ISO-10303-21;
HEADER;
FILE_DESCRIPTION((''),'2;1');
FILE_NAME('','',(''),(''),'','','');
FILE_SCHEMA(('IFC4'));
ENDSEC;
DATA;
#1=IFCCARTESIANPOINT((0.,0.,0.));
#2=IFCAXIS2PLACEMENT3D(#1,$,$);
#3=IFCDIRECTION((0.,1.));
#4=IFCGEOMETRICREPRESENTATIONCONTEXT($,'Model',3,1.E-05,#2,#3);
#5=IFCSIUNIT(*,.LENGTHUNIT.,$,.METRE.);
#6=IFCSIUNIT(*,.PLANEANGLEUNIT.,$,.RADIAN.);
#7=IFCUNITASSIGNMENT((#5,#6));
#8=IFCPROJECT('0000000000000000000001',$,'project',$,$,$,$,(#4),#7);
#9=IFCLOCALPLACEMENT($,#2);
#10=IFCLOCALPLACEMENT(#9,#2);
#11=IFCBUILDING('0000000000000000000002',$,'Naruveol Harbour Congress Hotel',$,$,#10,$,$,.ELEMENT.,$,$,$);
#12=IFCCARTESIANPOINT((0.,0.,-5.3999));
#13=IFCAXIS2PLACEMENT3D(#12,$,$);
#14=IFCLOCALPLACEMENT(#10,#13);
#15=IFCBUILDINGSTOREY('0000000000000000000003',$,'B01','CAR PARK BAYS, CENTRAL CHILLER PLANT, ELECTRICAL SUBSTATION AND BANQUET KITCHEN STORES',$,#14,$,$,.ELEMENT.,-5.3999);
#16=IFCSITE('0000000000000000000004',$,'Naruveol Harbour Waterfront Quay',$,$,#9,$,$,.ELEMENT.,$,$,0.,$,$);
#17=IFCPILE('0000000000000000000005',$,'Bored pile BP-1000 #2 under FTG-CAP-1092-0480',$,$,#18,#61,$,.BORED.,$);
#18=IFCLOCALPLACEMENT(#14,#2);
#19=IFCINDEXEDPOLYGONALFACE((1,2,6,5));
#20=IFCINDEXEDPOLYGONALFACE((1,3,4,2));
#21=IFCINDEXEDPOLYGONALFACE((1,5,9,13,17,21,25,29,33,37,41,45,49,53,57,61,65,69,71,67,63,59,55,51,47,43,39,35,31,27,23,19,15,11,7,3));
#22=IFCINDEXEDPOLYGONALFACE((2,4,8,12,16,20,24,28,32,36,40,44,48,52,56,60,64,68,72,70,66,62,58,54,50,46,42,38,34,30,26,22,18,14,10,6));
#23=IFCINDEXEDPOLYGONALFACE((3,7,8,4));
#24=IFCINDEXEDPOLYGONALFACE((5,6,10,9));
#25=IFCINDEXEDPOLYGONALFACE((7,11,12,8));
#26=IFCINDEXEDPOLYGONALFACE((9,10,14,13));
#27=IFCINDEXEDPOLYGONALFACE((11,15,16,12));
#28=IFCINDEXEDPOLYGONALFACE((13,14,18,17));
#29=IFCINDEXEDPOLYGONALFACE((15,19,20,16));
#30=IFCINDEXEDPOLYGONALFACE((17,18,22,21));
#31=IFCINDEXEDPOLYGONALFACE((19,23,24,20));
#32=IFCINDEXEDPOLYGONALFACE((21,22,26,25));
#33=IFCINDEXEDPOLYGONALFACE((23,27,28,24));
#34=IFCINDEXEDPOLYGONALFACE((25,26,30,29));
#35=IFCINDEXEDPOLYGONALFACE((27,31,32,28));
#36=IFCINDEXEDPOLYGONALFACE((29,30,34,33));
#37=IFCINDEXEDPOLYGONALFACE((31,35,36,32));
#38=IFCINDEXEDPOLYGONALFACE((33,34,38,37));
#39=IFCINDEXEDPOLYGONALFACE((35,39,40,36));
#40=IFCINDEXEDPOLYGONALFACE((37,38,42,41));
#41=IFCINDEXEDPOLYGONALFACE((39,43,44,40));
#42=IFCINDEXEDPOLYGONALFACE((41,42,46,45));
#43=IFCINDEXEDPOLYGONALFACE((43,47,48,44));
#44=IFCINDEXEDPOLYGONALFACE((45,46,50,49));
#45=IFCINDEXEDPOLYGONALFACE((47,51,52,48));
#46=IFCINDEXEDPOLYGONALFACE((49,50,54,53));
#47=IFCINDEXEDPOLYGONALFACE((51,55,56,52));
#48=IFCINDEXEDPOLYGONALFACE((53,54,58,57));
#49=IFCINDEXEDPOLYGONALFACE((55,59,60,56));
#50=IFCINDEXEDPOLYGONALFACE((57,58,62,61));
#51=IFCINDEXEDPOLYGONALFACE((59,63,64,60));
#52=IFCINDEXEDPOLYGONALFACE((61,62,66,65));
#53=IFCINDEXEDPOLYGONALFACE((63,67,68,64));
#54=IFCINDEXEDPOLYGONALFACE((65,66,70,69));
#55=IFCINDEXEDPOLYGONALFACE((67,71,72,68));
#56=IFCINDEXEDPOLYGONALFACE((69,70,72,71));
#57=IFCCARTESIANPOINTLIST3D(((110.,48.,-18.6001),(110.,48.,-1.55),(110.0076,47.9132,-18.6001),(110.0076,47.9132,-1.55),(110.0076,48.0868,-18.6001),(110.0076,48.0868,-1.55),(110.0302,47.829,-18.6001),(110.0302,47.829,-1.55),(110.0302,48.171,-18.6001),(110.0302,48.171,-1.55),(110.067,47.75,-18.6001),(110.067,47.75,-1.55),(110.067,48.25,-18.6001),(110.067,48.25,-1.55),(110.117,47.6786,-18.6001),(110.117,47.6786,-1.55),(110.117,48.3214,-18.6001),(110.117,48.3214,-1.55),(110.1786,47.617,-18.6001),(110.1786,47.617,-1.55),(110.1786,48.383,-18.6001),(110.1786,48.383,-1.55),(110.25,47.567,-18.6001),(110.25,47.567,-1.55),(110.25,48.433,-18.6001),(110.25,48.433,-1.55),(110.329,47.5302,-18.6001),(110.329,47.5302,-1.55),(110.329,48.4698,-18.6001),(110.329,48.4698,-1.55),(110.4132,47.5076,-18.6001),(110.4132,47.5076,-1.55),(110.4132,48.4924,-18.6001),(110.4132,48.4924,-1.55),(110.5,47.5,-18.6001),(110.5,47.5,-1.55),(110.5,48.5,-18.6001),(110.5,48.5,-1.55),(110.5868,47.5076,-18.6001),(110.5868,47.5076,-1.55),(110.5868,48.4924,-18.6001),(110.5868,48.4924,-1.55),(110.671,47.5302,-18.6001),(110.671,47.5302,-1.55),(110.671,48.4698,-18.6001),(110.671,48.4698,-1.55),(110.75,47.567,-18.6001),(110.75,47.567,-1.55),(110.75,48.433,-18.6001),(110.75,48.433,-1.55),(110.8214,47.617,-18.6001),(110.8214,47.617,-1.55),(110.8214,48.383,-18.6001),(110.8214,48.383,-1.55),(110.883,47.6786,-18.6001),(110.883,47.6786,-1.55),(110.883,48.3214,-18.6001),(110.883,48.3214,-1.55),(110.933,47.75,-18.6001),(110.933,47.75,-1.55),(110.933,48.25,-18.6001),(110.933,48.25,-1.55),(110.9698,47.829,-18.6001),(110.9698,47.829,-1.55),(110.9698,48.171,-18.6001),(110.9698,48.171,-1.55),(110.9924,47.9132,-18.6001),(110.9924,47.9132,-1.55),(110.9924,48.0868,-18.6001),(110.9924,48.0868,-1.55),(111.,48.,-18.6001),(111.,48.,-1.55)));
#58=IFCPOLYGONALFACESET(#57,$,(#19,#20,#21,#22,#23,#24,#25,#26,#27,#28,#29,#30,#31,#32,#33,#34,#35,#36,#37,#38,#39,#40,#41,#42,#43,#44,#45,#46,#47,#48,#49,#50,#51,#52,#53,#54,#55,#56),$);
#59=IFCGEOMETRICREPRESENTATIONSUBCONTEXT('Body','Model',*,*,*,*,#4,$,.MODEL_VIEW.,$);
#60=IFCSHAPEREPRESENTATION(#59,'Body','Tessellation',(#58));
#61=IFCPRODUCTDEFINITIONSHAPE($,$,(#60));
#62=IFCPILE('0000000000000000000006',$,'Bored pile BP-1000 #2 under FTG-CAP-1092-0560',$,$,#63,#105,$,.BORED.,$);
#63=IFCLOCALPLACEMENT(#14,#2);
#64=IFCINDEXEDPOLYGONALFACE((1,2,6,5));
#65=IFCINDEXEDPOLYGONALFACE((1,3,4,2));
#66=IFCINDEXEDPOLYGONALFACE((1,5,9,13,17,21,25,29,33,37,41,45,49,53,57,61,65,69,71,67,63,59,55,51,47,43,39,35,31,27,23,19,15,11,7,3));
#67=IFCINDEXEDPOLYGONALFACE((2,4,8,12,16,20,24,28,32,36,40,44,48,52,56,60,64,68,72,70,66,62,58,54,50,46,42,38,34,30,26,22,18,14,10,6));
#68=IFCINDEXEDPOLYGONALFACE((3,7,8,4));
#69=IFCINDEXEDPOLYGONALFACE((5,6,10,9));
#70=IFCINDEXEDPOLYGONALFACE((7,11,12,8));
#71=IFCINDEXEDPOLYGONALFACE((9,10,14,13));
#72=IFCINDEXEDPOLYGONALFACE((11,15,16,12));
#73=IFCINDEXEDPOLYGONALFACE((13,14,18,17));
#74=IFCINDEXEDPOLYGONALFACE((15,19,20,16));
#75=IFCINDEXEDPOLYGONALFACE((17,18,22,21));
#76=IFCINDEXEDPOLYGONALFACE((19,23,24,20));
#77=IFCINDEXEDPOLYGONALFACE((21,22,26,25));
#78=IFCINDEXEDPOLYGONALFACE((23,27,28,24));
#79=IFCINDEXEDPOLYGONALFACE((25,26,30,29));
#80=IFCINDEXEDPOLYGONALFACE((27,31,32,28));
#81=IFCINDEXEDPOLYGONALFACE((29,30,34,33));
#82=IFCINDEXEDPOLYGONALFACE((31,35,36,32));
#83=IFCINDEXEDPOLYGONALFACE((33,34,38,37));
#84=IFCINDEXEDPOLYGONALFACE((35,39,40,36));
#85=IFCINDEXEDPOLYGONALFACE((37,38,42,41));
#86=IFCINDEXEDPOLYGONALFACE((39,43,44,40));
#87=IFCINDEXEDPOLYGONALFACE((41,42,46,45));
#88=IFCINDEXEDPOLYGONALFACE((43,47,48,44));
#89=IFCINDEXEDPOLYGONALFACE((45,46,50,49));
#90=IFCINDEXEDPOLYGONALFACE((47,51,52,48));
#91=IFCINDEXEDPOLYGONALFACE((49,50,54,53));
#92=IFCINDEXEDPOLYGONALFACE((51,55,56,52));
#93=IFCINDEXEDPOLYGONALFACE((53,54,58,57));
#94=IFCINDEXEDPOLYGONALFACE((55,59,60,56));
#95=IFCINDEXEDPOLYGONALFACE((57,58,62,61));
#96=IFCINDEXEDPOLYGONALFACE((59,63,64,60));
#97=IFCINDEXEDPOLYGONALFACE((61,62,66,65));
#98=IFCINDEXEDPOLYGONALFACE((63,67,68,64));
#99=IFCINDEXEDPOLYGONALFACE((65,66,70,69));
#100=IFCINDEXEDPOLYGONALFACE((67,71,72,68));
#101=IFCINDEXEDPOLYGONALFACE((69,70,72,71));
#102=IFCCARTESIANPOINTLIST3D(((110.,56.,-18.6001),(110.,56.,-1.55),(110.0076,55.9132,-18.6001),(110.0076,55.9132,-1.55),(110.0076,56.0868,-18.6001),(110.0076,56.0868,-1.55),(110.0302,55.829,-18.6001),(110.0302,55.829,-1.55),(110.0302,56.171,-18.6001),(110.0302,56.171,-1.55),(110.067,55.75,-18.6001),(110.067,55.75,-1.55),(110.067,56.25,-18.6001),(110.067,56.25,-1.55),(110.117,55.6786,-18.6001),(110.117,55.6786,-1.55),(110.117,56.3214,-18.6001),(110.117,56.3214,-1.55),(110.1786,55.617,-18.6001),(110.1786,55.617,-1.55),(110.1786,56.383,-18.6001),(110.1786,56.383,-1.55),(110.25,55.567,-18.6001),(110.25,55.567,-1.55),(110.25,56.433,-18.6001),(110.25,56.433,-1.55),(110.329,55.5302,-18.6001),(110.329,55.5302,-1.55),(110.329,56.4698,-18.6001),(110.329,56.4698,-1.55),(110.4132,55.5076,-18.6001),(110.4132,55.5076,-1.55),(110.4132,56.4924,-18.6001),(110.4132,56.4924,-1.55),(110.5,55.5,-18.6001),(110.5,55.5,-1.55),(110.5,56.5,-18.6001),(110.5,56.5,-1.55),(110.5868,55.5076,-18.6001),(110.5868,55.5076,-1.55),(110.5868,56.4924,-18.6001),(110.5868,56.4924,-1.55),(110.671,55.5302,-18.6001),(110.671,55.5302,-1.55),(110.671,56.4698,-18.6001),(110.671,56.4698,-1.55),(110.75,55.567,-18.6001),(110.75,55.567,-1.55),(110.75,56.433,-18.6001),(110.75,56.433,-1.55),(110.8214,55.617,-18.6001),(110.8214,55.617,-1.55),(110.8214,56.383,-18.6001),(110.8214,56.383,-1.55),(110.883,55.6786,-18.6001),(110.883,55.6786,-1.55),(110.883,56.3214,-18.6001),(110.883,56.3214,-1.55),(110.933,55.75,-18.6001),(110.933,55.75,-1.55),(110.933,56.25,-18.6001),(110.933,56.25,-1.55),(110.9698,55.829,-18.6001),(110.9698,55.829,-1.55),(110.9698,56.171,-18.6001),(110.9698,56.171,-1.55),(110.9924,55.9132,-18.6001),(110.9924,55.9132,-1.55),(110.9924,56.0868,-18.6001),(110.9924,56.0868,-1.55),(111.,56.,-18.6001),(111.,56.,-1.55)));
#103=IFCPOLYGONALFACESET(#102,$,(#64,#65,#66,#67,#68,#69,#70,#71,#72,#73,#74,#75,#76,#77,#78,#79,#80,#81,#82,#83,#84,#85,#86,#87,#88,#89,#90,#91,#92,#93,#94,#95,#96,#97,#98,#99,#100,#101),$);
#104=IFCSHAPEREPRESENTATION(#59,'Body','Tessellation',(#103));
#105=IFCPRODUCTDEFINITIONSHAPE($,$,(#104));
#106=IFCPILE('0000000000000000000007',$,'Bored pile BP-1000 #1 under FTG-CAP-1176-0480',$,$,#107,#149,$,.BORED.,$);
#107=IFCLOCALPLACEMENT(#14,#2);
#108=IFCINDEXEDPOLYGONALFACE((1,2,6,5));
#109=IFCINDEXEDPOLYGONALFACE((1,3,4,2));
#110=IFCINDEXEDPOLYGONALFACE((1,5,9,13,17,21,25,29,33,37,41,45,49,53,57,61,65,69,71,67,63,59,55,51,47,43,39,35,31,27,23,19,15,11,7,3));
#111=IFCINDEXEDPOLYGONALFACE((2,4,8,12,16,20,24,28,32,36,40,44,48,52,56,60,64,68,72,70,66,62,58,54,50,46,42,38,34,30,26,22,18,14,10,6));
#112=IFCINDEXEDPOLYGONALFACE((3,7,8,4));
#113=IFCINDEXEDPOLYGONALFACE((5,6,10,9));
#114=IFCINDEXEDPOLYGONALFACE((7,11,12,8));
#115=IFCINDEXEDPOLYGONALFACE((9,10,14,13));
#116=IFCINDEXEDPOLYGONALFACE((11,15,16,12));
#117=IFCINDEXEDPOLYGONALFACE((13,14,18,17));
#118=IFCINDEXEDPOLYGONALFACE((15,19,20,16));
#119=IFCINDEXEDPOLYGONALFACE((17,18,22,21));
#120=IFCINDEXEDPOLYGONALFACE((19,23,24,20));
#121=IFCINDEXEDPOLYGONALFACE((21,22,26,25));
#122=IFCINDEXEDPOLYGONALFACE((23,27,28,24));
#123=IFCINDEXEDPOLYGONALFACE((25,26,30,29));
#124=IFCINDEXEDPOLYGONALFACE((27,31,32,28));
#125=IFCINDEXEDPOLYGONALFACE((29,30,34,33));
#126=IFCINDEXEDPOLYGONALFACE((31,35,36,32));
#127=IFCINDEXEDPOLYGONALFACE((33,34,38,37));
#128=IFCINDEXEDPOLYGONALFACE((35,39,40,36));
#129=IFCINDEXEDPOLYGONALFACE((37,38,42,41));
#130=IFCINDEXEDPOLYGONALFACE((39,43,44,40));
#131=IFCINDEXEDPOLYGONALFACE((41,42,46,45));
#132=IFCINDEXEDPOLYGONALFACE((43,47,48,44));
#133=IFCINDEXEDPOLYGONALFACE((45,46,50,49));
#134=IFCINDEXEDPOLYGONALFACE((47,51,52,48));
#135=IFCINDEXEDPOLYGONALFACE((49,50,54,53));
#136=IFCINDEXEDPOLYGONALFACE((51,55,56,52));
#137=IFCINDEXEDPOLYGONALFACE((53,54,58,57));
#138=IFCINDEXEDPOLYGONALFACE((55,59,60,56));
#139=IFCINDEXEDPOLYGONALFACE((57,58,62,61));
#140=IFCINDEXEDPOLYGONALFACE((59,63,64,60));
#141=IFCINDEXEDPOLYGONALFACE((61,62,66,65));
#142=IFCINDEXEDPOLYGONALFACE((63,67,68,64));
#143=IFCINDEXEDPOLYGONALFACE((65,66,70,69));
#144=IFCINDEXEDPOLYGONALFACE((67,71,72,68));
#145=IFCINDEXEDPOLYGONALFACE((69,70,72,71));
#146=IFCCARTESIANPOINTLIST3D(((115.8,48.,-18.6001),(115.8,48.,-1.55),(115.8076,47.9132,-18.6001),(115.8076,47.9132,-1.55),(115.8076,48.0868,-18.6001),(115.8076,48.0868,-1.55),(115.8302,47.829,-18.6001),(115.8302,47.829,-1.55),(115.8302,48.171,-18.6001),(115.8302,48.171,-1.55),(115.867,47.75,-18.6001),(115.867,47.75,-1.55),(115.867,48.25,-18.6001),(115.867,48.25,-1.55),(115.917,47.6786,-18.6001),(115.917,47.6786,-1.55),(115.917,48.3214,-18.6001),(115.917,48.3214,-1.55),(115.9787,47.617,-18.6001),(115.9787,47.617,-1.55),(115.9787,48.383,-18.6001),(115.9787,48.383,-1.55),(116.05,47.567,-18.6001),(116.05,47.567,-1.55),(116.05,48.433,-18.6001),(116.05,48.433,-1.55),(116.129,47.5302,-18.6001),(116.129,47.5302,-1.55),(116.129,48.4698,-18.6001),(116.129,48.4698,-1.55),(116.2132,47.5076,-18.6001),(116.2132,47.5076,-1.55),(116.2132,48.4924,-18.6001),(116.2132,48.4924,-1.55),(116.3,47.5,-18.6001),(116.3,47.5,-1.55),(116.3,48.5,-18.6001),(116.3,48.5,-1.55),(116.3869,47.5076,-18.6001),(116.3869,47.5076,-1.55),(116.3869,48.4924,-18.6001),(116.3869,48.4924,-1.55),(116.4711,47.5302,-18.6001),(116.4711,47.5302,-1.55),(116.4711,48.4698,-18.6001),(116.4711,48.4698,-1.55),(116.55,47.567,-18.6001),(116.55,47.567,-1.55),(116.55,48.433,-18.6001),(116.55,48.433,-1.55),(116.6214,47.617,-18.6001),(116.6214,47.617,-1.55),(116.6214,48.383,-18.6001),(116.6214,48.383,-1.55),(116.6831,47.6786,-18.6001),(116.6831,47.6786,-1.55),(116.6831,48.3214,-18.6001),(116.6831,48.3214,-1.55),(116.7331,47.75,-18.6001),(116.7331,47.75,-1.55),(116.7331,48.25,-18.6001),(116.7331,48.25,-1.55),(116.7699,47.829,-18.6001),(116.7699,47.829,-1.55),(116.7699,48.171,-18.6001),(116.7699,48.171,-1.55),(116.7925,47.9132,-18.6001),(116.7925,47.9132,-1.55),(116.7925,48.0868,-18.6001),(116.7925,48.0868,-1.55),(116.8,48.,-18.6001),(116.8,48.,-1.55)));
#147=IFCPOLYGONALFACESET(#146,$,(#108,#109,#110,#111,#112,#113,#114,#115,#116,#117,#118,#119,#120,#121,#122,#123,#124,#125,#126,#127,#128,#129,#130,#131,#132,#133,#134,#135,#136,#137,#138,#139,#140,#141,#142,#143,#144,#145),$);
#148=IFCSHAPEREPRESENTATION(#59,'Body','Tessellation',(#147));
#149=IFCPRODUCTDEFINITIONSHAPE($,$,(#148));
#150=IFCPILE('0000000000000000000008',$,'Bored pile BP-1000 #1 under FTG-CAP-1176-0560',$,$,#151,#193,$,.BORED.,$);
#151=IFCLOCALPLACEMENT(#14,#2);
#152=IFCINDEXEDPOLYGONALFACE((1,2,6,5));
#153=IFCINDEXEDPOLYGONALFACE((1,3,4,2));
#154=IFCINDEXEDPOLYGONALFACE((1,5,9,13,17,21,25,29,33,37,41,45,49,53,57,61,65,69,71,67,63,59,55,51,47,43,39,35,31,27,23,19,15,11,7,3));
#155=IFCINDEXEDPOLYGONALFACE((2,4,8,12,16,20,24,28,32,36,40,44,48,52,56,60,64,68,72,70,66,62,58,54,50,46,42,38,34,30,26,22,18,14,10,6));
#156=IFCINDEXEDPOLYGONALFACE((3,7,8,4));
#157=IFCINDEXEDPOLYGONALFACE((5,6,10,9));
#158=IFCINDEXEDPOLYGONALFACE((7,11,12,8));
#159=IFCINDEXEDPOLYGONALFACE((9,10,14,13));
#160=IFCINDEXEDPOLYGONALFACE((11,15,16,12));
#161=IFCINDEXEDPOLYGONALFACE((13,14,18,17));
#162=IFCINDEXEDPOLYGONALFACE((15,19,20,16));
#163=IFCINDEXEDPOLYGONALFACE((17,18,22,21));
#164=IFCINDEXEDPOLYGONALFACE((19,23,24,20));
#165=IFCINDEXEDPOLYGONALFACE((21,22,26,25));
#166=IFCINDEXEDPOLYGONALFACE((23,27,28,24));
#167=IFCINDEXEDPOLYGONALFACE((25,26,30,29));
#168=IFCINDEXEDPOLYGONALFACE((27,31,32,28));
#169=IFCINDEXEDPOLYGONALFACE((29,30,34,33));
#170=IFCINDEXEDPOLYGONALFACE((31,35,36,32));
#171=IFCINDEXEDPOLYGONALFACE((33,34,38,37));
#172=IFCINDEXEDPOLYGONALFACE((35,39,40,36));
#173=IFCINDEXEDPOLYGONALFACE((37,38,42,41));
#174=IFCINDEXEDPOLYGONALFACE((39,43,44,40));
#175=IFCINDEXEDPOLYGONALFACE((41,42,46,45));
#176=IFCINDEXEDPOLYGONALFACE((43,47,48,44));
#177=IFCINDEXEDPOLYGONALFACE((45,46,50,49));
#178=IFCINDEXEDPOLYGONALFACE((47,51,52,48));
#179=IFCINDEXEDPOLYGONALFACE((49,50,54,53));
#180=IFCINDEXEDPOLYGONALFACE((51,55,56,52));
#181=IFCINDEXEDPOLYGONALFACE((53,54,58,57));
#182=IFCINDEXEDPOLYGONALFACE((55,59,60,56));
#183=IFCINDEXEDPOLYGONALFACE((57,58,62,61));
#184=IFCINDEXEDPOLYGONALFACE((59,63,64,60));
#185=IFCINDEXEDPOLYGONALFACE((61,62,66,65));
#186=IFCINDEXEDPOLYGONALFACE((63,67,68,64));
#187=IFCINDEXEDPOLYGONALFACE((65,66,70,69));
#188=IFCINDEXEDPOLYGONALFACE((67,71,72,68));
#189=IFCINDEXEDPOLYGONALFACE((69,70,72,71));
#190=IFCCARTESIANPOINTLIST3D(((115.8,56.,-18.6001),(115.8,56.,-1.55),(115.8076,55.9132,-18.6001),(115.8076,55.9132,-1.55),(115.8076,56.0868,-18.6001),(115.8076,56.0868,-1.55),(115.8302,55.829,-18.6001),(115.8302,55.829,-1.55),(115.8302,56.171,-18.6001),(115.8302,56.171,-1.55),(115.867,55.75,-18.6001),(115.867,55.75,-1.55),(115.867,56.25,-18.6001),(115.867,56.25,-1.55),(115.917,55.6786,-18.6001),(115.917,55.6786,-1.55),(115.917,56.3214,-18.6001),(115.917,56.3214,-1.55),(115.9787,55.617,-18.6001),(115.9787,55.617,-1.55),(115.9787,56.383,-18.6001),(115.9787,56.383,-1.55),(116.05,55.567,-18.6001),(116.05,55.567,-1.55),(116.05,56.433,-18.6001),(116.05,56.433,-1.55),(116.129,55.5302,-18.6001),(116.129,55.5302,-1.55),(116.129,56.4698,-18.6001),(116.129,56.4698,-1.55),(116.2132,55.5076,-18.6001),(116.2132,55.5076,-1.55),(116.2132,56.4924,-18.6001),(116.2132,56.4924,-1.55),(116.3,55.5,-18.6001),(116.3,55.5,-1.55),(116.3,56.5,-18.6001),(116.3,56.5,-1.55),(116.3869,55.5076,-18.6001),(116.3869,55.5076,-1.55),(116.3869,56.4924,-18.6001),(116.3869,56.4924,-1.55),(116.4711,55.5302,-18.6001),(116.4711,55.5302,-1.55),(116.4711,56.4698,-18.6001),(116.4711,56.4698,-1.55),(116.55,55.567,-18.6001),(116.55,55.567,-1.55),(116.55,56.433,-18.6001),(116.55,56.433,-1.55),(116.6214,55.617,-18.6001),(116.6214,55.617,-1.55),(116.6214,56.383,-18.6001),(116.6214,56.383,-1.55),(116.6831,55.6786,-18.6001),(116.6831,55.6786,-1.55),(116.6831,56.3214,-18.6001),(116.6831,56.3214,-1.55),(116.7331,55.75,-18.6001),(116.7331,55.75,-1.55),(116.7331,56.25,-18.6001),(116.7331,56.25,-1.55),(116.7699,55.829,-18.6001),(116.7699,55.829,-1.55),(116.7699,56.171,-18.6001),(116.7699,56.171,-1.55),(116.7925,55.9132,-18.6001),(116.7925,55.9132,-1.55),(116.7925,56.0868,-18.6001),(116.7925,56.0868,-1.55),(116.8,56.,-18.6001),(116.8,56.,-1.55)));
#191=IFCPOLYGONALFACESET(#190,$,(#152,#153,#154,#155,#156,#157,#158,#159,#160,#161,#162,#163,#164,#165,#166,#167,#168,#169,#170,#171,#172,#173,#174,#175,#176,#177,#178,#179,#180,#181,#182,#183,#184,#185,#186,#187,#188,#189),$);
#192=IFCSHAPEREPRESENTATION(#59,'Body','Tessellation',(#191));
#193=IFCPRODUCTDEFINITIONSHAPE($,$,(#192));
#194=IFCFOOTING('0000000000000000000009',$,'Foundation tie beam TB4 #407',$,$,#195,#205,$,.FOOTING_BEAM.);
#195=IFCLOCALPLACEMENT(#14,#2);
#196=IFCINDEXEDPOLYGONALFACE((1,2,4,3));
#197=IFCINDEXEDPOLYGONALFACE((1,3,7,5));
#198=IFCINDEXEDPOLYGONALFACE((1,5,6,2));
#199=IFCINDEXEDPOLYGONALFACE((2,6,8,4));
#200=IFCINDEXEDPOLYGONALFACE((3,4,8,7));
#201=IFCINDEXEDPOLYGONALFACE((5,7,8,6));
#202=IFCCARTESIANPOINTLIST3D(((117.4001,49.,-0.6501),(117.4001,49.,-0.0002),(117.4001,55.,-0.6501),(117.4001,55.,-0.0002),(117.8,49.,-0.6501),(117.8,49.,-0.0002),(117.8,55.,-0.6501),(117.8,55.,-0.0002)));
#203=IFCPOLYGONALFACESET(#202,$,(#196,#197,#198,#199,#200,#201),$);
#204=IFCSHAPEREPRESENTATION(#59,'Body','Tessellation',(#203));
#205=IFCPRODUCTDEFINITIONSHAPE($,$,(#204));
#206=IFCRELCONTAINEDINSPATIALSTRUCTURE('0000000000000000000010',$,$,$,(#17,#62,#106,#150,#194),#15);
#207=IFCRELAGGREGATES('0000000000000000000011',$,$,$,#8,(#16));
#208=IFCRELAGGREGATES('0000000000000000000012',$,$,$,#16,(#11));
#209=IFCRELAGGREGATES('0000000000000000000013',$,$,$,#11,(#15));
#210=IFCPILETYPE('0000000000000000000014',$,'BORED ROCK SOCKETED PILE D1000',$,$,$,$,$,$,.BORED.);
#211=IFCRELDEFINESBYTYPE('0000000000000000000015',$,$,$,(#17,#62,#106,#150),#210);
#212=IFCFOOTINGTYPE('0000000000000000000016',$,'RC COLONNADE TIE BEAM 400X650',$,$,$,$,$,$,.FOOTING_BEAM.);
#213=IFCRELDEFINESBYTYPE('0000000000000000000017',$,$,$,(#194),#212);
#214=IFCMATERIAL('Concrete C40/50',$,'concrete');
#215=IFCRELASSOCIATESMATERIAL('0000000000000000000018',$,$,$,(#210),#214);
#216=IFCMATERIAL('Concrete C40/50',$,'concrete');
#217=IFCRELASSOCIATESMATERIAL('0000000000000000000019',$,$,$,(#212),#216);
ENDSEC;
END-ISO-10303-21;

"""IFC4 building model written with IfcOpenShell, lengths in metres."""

from ifc_helpers import new_model, si_unit, direction, frame, origin, origin_2d, place, context, subcontext, project, spatial, rectangle, circle, extrude, material, material_profile, profile_set, type_object, element, save


model = new_model("IFC4")

# Units and contexts
model_context = context("Model", 3, precision=1e-05, world=origin(), true_north=direction((0.0, 1.0)))
body_context = subcontext(model_context, "Body", "Model", "MODEL_VIEW")
ifc_project = project(units=[si_unit("LENGTHUNIT", "METRE"), si_unit("PLANEANGLEUNIT", "RADIAN")], contexts=[model_context])

# Site, building, storey
site_placement = place(None, origin())
site = spatial("IfcSite", under=ifc_project, at=site_placement, Name="Naruveol Harbour Waterfront Quay", CompositionType="ELEMENT", RefElevation=0.0)
building_placement = place(site_placement, origin())
building = spatial("IfcBuilding", under=site, at=building_placement, Name="Naruveol Harbour Congress Hotel", CompositionType="ELEMENT")
storey_placement = place(building_placement, frame((0.0, 0.0, -5.3999)))
storey = spatial("IfcBuildingStorey", under=building, at=storey_placement, Name="B01", Description="CAR PARK BAYS, CENTRAL CHILLER PLANT, ELECTRICAL SUBSTATION AND BANQUET KITCHEN STORES", CompositionType="ELEMENT", Elevation=-5.3999)

# Piles
ifc_material_1 = material(Name="Concrete C40/50", Category="concrete")
ifc_material_profile_1 = material_profile(ifc_material_1, circle(Radius=0.5, at=origin_2d()), Name="BP-1000")
ifc_profile_set_1 = profile_set([ifc_material_profile_1], Name="Concrete C40/50")
pile_type = type_object("IfcPileType", Name="BORED ROCK SOCKETED PILE D1000", PredefinedType="BORED", material=ifc_profile_set_1)
for number, where, z_axis, x_axis, name in (
    (1, (110.5, 48.0, -1.55), (0.0, 0.0, -1.0), (1.0, 0.0, 0.0), "Bored pile BP-1000 #2 under FTG-CAP-1092-0480"),
    (2, (110.5, 56.0, -1.55), (0.0, 0.0, -1.0), (1.0, 0.0, 0.0), "Bored pile BP-1000 #2 under FTG-CAP-1092-0560"),
    (3, (116.3, 48.0, -1.55), (0.0, 0.0, -1.0), (1.0, 0.0, 0.0), "Bored pile BP-1000 #1 under FTG-CAP-1176-0480"),
    (4, (116.3, 56.0, -1.55), (0.0, 0.0, -1.0), (1.0, 0.0, 0.0), "Bored pile BP-1000 #1 under FTG-CAP-1176-0560"),
):
    element("IfcPile", number, at=place(storey_placement, frame(where, z_axis=z_axis, x_axis=x_axis)), inside=storey, type_object=pile_type, Name=name, PredefinedType="BORED", context=body_context, shape_type="SweptSolid", body=[
        extrude(circle(Radius=0.5, at=origin_2d()), origin(), (0.0, 0.0, 1.0), 17.05),
    ])

# Footing
ifc_material_2 = material(Name="Concrete C40/50", Category="concrete")
ifc_material_profile_2 = material_profile(ifc_material_2, rectangle(XDim=0.3999, YDim=0.6499, at=origin_2d()), Name="RCB-400x650")
ifc_profile_set_2 = profile_set([ifc_material_profile_2], Name="Concrete C40/50")
footing_type_1 = type_object("IfcFootingType", Name="RC COLONNADE TIE BEAM 400X650", PredefinedType="FOOTING_BEAM", material=ifc_profile_set_2)
for number, where, z_axis, x_axis, name in (
    (5, (117.6001, 49.0, -0.3252), (0.0, 1.0, 0.0), (-1.0, 0.0, 0.0), "Foundation tie beam TB4 #407"),
):
    element("IfcFooting", number, at=place(storey_placement, frame(where, z_axis=z_axis, x_axis=x_axis)), inside=storey, type_object=footing_type_1, Name=name, PredefinedType="FOOTING_BEAM", context=body_context, shape_type="SweptSolid", body=[
        extrude(rectangle(XDim=0.3999, YDim=0.6499, at=origin_2d()), origin(), (0.0, 0.0, 1.0), 6.0),
    ])

save(model, "model.ifc")
